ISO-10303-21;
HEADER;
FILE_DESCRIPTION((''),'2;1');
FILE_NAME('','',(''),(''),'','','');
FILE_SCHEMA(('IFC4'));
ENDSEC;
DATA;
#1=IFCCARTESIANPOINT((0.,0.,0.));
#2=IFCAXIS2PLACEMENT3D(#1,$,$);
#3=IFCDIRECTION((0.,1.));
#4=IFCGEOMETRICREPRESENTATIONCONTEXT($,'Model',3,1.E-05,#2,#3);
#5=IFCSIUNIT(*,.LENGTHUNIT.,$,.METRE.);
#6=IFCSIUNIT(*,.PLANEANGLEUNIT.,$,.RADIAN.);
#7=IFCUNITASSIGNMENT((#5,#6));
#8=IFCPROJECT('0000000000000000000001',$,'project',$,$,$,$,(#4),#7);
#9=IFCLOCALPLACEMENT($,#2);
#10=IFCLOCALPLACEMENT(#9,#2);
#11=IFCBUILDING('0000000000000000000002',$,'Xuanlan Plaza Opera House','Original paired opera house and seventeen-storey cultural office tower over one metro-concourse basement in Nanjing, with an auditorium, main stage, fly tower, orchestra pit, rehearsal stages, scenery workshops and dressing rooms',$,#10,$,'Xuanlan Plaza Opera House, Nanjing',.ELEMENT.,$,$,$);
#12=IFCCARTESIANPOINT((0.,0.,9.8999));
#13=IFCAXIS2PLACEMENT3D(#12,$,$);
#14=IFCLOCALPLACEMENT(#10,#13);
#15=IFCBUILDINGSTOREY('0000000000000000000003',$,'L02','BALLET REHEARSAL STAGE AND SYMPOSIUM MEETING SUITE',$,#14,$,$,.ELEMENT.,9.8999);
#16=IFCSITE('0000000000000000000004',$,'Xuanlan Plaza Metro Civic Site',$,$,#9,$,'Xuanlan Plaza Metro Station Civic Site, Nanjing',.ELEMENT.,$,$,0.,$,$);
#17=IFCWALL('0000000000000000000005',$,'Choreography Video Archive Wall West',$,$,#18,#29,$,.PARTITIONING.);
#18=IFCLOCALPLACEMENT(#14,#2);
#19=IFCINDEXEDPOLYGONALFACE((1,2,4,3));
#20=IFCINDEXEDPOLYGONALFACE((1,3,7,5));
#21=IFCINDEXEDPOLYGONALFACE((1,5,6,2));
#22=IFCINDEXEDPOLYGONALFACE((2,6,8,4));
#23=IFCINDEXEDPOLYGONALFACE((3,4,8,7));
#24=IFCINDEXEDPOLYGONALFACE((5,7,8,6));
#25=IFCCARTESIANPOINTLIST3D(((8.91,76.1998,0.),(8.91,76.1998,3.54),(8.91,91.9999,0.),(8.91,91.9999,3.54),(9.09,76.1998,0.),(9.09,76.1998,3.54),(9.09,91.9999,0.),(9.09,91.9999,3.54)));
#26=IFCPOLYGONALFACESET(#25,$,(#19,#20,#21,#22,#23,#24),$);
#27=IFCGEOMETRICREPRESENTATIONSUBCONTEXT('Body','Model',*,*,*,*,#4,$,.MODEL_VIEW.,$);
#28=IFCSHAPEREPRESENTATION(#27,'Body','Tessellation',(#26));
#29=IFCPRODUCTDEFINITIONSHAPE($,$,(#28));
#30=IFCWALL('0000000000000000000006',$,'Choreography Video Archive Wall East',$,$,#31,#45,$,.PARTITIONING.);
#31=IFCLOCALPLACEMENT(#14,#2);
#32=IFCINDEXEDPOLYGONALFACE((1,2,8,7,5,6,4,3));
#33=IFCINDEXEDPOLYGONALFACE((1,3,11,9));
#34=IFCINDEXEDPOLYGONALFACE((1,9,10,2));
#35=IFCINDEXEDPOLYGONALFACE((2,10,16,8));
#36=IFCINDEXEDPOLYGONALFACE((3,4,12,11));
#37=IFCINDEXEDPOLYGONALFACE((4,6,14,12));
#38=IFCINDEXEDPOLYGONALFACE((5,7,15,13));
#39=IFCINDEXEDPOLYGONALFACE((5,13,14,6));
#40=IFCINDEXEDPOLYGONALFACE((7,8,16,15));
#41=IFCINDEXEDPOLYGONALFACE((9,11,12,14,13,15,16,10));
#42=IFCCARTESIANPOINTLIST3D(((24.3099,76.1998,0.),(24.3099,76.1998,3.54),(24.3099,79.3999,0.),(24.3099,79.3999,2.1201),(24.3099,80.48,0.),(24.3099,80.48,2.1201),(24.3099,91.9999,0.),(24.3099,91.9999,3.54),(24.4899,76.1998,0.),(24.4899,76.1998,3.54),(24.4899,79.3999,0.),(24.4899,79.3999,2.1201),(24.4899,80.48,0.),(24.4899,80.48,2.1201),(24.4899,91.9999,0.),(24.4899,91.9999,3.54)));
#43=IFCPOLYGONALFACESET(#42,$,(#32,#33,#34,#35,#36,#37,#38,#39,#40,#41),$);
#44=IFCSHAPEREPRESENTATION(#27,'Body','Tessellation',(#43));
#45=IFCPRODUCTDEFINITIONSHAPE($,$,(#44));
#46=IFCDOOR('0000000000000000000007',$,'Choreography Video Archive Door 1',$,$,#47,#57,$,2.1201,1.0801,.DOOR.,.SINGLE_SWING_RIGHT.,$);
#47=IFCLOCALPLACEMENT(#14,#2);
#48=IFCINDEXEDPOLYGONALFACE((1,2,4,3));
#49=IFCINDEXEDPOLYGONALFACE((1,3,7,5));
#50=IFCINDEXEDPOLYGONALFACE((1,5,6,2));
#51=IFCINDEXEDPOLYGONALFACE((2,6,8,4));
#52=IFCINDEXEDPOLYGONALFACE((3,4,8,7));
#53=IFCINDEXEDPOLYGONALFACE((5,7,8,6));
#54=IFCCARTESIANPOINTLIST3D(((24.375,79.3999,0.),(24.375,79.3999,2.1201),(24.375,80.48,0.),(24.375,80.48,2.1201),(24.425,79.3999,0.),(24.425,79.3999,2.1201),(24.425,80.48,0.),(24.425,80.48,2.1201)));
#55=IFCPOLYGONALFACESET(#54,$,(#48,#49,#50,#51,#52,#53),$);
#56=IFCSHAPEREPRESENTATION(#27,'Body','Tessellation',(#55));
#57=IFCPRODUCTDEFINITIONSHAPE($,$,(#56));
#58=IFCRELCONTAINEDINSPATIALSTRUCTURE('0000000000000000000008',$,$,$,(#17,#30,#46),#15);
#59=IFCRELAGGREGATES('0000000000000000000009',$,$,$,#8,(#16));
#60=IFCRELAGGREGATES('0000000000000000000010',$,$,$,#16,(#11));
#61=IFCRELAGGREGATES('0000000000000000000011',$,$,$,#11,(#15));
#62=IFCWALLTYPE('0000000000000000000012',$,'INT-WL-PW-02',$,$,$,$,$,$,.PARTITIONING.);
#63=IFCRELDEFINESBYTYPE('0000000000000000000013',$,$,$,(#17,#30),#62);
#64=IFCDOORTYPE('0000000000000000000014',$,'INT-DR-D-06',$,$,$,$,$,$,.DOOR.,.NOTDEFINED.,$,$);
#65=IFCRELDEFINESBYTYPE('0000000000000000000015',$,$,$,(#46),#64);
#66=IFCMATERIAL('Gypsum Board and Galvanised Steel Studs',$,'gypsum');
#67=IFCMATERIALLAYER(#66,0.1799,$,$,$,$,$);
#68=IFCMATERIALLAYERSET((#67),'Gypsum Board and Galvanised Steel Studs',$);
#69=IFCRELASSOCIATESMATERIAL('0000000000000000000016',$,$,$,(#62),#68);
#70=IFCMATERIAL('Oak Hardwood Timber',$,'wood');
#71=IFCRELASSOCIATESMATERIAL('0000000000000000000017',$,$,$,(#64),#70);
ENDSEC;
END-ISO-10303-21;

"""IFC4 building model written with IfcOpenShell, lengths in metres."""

from ifc_helpers import new_model, si_unit, direction, frame, frame_2d, origin, place, context, subcontext, project, spatial, rectangle, extrude, material, layer, layer_set, type_object, element, fill, save


model = new_model("IFC4")

# Units and contexts
model_context = context("Model", 3, precision=1e-05, world=origin(), true_north=direction((0.0, 1.0)))
body_context = subcontext(model_context, "Body", "Model", "MODEL_VIEW")
ifc_project = project(units=[si_unit("LENGTHUNIT", "METRE"), si_unit("PLANEANGLEUNIT", "RADIAN")], contexts=[model_context])

# Site, building, storey
site_placement = place(None, origin())
site = spatial("IfcSite", under=ifc_project, at=site_placement, Name="Xuanlan Plaza Metro Civic Site", LongName="Xuanlan Plaza Metro Station Civic Site, Nanjing", CompositionType="ELEMENT", RefElevation=0.0)
building_placement = place(site_placement, origin())
building = spatial("IfcBuilding", under=site, at=building_placement, Name="Xuanlan Plaza Opera House", Description="Original paired opera house and seventeen-storey cultural office tower over one metro-concourse basement in Nanjing, with an auditorium, main stage, fly tower, orchestra pit, rehearsal stages, scenery workshops and dressing rooms", LongName="Xuanlan Plaza Opera House, Nanjing", CompositionType="ELEMENT")
storey_placement = place(building_placement, frame((0.0, 0.0, 9.8999)))
storey = spatial("IfcBuildingStorey", under=building, at=storey_placement, Name="L02", Description="BALLET REHEARSAL STAGE AND SYMPOSIUM MEETING SUITE", CompositionType="ELEMENT", Elevation=9.8999)

# Wall
ifc_material_1 = material(Name="Gypsum Board and Galvanised Steel Studs", Category="gypsum")
ifc_layer_1 = layer(ifc_material_1, 0.1799)
ifc_layer_set_1 = layer_set([ifc_layer_1], Name="Gypsum Board and Galvanised Steel Studs")
wall_type_1 = type_object("IfcWallType", Name="INT-WL-PW-02", PredefinedType="PARTITIONING", material=ifc_layer_set_1)
wall_1_placement = place(storey_placement, frame((9.0, 76.2, 0.0), z_axis=(0.0, 0.0, 1.0), x_axis=(0.0, 1.0, 0.0)))
element("IfcWall", 1, at=wall_1_placement, inside=storey, type_object=wall_type_1, Name="Choreography Video Archive Wall West", PredefinedType="PARTITIONING", context=body_context, shape_type="SweptSolid", body=[
    extrude(rectangle(XDim=15.8, YDim=0.1799, at=frame_2d((7.8999, 0.0))), origin(), (0.0, 0.0, 1.0), 3.54),
])

# Wall, opening, door
wall_2_placement = place(storey_placement, frame((24.3999, 76.2, 0.0), z_axis=(0.0, 0.0, 1.0), x_axis=(0.0, 1.0, 0.0)))
wall_2 = element("IfcWall", 2, at=wall_2_placement, inside=storey, type_object=wall_type_1, Name="Choreography Video Archive Wall East", PredefinedType="PARTITIONING", context=body_context, shape_type="SweptSolid", body=[
    extrude(rectangle(XDim=15.8, YDim=0.1799, at=frame_2d((7.8999, 0.0))), origin(), (0.0, 0.0, 1.0), 3.54),
])
opening_1_placement = place(wall_2_placement, frame((3.2, 0.0, 0.0)))
opening_1 = element("IfcOpeningElement", 3, at=opening_1_placement, cuts=wall_2, PredefinedType="OPENING", context=body_context, shape_type="SweptSolid", body=[
    extrude(rectangle(XDim=1.0801, YDim=2.1201, at=frame_2d((0.54, 1.0601))), frame((0.0, 0.0999, 0.0), z_axis=(0.0, -1.0, 0.0), x_axis=(1.0, 0.0, 0.0)), (0.0, 0.0, 1.0), 0.2),
])
ifc_material_2 = material(Name="Oak Hardwood Timber", Category="wood")
door_type = type_object("IfcDoorType", Name="INT-DR-D-06", OperationType="NOTDEFINED", PredefinedType="DOOR", material=ifc_material_2)
door_placement = place(opening_1_placement, origin())
door = element("IfcDoor", 4, at=door_placement, inside=storey, type_object=door_type, Name="Choreography Video Archive Door 1", OperationType="SINGLE_SWING_RIGHT", OverallHeight=2.1201, OverallWidth=1.0801, PredefinedType="DOOR", context=body_context, shape_type="SweptSolid", body=[
    extrude(rectangle(XDim=1.0801, YDim=2.1201, at=frame_2d((0.54, 1.0601))), frame((0.0, 0.0249, 0.0), z_axis=(0.0, -1.0, 0.0), x_axis=(1.0, 0.0, 0.0)), (0.0, 0.0, 1.0), 0.05),
])
fill(opening_1, door)

save(model, "model.ifc")
